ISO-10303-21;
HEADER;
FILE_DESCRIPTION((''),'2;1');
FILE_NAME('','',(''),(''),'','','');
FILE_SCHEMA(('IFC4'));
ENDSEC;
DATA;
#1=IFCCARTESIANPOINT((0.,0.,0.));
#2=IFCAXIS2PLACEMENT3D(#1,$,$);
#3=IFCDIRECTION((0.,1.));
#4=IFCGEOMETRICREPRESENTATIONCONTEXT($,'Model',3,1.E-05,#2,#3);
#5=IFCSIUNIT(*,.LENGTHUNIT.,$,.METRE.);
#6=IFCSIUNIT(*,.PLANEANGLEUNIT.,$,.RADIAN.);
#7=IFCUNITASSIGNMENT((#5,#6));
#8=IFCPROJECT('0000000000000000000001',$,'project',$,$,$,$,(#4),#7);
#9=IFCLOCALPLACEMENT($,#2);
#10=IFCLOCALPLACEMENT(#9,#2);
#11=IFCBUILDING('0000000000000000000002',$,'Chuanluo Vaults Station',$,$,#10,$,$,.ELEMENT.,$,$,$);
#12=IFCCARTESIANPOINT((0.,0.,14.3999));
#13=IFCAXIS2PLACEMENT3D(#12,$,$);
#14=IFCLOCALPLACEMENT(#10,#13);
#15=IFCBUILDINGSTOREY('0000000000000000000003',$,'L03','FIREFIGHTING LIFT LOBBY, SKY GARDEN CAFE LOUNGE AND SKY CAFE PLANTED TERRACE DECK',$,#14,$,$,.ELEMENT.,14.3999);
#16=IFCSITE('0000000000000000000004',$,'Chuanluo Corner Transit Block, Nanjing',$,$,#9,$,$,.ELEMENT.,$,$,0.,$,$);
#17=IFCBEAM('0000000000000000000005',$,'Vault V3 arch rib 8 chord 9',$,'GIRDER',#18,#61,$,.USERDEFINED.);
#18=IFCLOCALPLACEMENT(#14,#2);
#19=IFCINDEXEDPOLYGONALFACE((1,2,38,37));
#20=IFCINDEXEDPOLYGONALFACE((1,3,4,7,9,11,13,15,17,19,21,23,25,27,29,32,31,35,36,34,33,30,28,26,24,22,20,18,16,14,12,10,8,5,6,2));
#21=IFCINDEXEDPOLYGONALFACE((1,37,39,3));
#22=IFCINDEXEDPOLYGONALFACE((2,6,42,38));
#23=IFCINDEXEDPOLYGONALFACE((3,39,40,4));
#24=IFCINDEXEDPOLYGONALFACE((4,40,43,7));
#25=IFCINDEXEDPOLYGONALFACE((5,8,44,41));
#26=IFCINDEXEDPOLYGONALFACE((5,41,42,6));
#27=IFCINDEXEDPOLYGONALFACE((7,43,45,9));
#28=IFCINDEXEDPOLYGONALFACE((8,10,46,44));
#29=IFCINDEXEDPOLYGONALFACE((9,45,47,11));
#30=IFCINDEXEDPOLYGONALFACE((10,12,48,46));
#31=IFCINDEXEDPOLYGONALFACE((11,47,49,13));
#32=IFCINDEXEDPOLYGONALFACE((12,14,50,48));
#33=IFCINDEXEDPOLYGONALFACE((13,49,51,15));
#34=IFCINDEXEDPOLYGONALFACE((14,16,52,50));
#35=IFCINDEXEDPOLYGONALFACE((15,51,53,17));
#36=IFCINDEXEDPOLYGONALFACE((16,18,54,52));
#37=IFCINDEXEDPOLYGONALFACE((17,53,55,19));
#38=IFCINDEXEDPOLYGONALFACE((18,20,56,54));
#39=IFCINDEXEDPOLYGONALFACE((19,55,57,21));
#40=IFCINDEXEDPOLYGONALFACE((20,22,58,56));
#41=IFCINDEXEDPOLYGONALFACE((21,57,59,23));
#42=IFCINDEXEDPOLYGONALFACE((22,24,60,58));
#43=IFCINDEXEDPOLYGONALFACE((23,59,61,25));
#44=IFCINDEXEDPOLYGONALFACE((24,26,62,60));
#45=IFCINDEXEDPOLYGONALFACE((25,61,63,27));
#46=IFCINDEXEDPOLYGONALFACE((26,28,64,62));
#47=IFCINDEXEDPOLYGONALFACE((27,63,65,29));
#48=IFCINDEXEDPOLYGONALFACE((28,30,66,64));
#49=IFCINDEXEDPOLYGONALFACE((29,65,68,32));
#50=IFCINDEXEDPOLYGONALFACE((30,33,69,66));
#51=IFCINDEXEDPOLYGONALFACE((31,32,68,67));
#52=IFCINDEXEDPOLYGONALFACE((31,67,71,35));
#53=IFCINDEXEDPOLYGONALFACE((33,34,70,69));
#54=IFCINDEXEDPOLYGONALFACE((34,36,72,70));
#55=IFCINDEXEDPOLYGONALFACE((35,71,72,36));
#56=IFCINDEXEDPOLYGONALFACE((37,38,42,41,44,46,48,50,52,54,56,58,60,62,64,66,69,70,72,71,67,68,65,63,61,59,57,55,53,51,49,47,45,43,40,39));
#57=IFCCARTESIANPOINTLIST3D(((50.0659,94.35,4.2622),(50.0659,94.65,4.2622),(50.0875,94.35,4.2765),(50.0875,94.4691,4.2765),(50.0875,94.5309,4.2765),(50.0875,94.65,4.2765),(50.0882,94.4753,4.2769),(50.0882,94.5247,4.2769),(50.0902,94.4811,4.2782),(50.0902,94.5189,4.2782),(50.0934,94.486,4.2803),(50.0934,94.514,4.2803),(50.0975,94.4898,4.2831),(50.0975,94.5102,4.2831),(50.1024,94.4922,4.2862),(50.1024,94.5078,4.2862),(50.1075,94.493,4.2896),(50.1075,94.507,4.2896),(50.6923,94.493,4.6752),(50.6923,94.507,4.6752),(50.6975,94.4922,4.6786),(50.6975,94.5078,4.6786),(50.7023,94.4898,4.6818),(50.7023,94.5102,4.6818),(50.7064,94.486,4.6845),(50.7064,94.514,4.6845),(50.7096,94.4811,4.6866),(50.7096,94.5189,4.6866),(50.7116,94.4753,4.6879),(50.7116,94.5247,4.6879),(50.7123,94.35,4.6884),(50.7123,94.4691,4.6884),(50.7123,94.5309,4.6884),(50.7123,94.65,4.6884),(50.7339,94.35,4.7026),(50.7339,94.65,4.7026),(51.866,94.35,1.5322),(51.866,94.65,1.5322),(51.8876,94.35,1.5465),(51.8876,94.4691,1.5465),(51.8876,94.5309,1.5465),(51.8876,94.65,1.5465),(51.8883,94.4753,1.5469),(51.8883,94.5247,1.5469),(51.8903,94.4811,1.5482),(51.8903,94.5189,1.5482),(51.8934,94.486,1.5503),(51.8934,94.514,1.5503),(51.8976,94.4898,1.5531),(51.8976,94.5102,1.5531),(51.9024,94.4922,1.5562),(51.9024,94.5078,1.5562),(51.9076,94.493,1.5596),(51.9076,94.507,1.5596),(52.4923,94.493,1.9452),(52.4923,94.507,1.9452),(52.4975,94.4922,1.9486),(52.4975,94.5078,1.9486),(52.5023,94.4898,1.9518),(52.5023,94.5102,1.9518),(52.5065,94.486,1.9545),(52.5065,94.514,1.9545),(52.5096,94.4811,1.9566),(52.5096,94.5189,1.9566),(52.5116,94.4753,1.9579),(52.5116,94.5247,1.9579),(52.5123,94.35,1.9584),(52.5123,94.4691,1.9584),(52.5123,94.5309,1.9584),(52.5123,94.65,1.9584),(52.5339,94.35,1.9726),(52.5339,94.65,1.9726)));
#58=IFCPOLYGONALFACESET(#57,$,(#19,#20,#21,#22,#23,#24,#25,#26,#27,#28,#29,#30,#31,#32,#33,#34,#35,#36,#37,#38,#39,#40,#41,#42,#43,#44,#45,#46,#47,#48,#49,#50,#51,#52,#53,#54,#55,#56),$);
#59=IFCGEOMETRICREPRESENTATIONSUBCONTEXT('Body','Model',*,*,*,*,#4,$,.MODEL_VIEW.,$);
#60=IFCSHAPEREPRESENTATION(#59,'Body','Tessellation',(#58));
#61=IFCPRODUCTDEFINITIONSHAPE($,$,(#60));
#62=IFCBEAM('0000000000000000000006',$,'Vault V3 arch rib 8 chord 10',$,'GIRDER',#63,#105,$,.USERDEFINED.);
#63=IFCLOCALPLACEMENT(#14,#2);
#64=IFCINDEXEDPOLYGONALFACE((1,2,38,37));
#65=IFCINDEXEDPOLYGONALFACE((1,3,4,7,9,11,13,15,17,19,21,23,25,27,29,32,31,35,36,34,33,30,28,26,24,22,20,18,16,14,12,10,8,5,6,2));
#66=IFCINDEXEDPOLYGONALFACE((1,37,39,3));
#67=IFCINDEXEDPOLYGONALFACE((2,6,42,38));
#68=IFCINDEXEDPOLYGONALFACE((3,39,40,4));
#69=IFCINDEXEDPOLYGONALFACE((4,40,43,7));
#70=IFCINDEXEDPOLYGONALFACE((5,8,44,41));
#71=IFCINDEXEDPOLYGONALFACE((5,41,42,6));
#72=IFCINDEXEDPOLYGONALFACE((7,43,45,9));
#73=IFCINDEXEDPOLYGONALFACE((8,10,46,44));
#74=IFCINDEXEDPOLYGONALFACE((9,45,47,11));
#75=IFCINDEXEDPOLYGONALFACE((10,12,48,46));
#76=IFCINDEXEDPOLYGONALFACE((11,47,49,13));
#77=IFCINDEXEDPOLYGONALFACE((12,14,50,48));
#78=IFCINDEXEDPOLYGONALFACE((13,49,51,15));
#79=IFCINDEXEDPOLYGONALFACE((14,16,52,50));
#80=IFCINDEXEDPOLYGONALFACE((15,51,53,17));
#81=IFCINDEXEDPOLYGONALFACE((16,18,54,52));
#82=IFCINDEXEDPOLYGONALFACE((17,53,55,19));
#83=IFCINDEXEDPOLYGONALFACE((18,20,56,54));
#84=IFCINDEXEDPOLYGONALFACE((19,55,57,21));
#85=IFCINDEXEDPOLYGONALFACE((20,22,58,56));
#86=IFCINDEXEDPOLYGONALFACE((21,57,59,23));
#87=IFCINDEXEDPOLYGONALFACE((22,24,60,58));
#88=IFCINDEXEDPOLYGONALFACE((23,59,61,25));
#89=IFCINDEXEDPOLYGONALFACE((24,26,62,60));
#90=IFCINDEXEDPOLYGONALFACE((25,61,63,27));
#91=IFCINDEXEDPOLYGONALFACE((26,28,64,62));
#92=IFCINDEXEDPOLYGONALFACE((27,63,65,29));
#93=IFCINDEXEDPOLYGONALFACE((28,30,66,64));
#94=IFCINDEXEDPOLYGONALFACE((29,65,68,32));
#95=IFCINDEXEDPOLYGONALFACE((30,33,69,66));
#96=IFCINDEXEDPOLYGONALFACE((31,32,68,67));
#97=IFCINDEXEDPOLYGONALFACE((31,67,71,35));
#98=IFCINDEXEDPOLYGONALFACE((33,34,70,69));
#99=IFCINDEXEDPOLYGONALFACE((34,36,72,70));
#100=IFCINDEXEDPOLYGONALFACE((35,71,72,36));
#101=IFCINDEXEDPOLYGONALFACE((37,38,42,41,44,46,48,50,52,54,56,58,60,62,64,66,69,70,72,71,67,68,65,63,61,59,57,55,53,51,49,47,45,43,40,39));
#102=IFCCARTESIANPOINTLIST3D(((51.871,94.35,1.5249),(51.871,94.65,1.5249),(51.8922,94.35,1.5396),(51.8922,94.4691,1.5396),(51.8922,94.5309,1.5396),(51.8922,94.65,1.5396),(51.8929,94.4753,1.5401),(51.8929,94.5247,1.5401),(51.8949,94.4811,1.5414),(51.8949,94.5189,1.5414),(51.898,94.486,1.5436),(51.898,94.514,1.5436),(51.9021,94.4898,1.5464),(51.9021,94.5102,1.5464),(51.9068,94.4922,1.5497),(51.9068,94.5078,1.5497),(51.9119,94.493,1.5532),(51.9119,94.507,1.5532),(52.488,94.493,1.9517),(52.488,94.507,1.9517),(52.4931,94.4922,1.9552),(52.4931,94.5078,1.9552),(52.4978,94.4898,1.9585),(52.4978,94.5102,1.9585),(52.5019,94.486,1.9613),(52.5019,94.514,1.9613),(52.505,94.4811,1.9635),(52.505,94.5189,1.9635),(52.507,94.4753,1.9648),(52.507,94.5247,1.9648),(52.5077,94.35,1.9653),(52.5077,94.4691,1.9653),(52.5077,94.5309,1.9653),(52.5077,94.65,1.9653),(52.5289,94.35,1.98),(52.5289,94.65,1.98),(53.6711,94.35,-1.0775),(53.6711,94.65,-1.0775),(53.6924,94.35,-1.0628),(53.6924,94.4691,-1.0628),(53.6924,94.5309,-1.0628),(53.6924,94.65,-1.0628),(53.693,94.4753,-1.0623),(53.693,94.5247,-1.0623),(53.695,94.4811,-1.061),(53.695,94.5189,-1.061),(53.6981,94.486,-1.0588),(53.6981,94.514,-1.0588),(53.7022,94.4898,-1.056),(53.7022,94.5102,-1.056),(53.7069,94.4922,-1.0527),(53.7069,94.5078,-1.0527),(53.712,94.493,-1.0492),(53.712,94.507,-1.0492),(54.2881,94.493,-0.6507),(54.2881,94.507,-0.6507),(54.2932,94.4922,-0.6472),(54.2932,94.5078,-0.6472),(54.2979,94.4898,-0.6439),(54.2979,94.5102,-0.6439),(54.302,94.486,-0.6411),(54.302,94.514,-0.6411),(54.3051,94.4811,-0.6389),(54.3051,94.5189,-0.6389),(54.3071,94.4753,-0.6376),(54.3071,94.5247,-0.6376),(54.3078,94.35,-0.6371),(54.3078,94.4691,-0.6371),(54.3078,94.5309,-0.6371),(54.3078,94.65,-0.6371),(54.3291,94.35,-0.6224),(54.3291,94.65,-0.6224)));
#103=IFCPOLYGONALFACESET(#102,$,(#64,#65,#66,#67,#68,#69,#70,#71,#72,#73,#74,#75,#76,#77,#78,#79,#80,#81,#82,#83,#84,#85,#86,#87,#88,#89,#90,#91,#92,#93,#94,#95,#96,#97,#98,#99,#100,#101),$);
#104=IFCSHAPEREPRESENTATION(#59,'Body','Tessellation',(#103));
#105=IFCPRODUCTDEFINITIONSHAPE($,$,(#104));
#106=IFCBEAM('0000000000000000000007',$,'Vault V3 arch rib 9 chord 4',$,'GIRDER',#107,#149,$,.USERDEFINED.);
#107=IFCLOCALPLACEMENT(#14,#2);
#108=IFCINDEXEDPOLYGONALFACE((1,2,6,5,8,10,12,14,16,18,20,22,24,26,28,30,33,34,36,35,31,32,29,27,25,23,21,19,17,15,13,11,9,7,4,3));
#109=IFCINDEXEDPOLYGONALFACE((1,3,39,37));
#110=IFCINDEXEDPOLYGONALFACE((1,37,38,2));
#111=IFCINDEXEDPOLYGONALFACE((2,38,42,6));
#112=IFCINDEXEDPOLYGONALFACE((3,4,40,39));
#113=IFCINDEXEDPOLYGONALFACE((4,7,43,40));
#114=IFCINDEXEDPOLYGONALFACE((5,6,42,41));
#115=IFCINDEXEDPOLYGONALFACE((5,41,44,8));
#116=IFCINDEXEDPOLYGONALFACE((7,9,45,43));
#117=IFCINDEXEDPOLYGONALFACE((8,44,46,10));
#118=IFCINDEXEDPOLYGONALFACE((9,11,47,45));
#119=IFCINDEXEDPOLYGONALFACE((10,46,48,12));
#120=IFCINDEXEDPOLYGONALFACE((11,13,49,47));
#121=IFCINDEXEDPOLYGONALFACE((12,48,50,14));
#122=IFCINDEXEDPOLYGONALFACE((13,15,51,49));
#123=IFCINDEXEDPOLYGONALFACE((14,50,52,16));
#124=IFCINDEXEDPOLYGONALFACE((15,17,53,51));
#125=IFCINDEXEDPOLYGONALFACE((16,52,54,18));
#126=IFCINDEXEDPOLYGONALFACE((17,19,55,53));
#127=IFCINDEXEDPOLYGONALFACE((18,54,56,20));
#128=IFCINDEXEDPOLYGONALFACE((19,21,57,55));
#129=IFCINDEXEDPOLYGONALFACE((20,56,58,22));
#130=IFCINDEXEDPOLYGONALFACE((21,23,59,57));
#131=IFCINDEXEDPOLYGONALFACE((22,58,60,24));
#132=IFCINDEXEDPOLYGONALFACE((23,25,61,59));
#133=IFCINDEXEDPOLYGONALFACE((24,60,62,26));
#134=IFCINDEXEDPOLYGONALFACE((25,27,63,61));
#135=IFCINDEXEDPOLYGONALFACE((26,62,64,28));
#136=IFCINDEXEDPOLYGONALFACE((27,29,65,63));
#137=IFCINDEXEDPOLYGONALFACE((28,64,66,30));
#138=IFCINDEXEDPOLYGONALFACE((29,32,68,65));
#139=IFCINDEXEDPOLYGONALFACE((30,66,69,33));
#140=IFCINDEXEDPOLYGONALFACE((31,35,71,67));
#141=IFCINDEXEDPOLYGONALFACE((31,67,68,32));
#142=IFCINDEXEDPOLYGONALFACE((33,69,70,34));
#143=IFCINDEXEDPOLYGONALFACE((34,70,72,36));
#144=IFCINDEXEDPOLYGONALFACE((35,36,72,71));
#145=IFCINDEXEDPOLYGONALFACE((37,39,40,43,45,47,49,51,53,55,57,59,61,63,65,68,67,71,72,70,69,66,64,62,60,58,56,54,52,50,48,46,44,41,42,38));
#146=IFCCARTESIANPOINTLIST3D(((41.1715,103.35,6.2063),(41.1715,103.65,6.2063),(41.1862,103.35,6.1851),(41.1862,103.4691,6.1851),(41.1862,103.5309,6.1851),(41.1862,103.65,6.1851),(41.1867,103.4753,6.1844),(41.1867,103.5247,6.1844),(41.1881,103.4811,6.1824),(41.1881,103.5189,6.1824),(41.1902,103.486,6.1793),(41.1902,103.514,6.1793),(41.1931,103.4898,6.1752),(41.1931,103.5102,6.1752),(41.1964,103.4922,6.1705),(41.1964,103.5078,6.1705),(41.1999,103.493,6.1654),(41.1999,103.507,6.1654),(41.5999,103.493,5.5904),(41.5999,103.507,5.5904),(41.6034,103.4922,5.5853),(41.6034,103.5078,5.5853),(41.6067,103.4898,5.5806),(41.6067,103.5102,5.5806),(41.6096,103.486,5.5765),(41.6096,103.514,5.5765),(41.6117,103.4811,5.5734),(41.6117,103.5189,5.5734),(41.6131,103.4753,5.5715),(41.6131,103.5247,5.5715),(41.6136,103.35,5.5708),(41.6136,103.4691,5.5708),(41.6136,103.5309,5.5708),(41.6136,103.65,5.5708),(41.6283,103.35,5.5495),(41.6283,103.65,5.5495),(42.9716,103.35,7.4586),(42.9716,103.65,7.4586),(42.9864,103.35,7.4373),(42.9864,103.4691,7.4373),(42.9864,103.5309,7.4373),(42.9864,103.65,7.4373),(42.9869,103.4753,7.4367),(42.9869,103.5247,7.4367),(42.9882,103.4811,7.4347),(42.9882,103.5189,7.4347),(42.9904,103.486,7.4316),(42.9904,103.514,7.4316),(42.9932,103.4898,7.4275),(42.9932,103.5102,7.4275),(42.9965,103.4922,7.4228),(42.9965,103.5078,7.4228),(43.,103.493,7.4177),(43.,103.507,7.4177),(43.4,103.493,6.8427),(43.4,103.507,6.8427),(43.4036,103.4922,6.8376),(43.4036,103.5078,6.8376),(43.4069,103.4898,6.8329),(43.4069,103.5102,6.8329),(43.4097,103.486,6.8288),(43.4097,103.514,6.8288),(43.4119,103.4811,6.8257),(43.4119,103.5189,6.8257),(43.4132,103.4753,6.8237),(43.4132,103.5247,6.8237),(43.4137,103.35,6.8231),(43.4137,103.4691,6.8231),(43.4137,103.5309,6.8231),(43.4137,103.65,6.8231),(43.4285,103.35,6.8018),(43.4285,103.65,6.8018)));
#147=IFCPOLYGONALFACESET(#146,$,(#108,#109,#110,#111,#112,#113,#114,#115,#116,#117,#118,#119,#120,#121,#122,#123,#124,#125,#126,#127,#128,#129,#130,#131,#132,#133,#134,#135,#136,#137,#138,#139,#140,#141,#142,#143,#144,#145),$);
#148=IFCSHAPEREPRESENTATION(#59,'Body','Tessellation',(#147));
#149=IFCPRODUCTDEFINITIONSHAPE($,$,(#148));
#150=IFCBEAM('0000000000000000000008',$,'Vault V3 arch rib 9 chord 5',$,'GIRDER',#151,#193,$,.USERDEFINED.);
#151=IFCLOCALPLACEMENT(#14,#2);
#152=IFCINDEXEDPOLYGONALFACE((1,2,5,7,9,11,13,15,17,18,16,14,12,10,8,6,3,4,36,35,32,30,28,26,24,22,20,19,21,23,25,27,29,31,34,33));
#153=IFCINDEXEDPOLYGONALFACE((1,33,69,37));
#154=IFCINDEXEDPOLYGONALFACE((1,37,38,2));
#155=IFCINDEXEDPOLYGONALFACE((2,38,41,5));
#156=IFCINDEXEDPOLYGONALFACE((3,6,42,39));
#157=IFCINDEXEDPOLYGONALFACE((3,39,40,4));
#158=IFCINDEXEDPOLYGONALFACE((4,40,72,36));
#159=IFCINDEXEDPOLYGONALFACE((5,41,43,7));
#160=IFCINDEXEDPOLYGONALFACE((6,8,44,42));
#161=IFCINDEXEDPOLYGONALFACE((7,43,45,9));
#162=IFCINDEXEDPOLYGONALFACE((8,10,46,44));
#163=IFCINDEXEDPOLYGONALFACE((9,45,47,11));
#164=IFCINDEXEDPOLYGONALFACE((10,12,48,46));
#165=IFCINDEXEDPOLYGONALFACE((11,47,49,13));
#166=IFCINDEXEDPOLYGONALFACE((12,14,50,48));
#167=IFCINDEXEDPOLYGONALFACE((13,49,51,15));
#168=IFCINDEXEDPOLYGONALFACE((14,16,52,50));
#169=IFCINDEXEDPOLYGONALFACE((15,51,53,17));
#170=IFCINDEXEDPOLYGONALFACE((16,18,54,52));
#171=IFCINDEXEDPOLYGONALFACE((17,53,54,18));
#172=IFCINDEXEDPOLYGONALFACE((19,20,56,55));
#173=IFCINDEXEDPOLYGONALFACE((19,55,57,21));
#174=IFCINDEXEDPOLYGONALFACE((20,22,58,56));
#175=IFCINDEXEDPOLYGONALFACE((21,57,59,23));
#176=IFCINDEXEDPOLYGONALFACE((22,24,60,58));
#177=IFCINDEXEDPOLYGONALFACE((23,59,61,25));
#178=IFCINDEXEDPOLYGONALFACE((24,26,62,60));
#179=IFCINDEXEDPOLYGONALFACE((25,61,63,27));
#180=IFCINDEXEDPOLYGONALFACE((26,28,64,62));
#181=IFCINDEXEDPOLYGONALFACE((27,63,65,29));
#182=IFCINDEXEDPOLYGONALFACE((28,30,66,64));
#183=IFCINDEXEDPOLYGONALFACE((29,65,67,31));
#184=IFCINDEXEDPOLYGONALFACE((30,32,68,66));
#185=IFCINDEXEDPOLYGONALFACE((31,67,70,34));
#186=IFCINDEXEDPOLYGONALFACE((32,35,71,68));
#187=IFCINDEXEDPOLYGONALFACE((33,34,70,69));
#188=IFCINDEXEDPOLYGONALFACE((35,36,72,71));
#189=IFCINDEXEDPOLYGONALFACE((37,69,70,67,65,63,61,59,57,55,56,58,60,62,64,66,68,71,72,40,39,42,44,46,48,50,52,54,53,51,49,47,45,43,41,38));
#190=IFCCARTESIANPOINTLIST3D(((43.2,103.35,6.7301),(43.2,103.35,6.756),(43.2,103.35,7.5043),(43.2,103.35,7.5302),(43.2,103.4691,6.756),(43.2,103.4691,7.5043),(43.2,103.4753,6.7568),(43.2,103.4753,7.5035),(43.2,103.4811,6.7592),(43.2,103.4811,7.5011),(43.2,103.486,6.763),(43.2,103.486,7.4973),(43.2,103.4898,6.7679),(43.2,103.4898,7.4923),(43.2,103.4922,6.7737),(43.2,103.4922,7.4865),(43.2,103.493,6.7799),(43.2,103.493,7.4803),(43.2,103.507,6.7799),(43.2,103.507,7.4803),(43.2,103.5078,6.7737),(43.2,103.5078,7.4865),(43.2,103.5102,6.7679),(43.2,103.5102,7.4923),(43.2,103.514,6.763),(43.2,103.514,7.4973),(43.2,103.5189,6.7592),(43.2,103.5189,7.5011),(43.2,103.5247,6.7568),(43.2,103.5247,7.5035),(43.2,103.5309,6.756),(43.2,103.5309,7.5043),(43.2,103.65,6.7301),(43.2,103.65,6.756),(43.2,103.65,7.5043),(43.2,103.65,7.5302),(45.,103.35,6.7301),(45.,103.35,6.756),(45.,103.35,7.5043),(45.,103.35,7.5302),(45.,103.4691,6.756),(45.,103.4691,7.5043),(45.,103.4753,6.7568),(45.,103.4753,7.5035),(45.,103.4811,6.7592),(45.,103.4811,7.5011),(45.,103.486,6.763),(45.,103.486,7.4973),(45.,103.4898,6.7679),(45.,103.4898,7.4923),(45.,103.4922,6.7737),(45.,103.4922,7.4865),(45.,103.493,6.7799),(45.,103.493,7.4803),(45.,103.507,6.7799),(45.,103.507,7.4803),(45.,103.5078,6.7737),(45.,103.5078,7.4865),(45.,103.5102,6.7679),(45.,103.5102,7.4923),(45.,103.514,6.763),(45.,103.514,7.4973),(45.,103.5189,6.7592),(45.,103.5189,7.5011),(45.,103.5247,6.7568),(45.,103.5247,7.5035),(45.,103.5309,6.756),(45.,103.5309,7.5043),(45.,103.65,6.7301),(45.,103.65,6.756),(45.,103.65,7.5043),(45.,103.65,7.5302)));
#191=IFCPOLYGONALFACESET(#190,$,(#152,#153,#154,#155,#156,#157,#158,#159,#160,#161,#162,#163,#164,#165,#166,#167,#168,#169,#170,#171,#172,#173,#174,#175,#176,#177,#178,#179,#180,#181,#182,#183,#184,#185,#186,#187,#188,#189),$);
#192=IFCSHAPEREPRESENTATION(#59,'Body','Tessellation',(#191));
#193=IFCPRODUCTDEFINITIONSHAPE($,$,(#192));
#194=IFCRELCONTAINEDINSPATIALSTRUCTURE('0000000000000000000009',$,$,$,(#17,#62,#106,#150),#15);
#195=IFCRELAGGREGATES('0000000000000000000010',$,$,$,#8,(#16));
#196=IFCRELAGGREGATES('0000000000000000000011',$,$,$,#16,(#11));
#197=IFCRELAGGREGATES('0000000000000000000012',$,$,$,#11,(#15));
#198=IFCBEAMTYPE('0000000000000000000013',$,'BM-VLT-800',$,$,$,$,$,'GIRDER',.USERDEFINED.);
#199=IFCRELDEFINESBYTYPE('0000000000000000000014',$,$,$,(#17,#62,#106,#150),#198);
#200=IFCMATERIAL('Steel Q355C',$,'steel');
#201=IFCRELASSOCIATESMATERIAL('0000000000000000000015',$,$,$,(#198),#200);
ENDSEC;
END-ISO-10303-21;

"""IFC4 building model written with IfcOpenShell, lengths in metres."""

from ifc_helpers import new_model, si_unit, direction, frame, origin, origin_2d, place, context, subcontext, project, spatial, i_section, extrude, material, material_profile, profile_set, type_object, element, save


model = new_model("IFC4")

# Units and contexts
model_context = context("Model", 3, precision=1e-05, world=origin(), true_north=direction((0.0, 1.0)))
body_context = subcontext(model_context, "Body", "Model", "MODEL_VIEW")
ifc_project = project(units=[si_unit("LENGTHUNIT", "METRE"), si_unit("PLANEANGLEUNIT", "RADIAN")], contexts=[model_context])

# Site, building, storey
site_placement = place(None, origin())
site = spatial("IfcSite", under=ifc_project, at=site_placement, Name="Chuanluo Corner Transit Block, Nanjing", CompositionType="ELEMENT", RefElevation=0.0)
building_placement = place(site_placement, origin())
building = spatial("IfcBuilding", under=site, at=building_placement, Name="Chuanluo Vaults Station", CompositionType="ELEMENT")
storey_placement = place(building_placement, frame((0.0, 0.0, 14.3999)))
storey = spatial("IfcBuildingStorey", under=building, at=storey_placement, Name="L03", Description="FIREFIGHTING LIFT LOBBY, SKY GARDEN CAFE LOUNGE AND SKY CAFE PLANTED TERRACE DECK", CompositionType="ELEMENT", Elevation=14.3999)

# Beams
ifc_material_1 = material(Name="Steel Q355C", Category="steel")
ifc_material_profile_1 = material_profile(ifc_material_1, i_section(OverallWidth=0.3, OverallDepth=0.8, WebThickness=0.0139, FlangeThickness=0.0259, FilletRadius=0.0239, at=origin_2d()))
ifc_profile_set_1 = profile_set([ifc_material_profile_1], Name="Steel Q355C")
beam_type_1 = type_object("IfcBeamType", Name="BM-VLT-800", ElementType="GIRDER", PredefinedType="USERDEFINED", material=ifc_profile_set_1)
beam_1_placement = place(storey_placement, frame((50.3999, 94.5, 4.4824), z_axis=(0.550472, 0.0, -0.834854), x_axis=(0.0, 1.0, 0.0)))
element("IfcBeam", 1, at=beam_1_placement, inside=storey, type_object=beam_type_1, Name="Vault V3 arch rib 8 chord 9", ObjectType="GIRDER", PredefinedType="USERDEFINED", context=body_context, shape_type="SweptSolid", body=[
    extrude(i_section(OverallWidth=0.3, OverallDepth=0.8, WebThickness=0.0139, FlangeThickness=0.0259, FilletRadius=0.0239, at=origin_2d()), origin(), (0.0, 0.0, 1.0), 3.27),
])
beam_2_placement = place(storey_placement, frame((52.2, 94.5, 1.7524), z_axis=(0.568881, 0.0, -0.82242), x_axis=(0.0, 1.0, 0.0)))
element("IfcBeam", 2, at=beam_2_placement, inside=storey, type_object=beam_type_1, Name="Vault V3 arch rib 8 chord 10", ObjectType="GIRDER", PredefinedType="USERDEFINED", context=body_context, shape_type="SweptSolid", body=[
    extrude(i_section(OverallWidth=0.3, OverallDepth=0.8, WebThickness=0.0139, FlangeThickness=0.0259, FilletRadius=0.0239, at=origin_2d()), origin(), (0.0, 0.0, 1.0), 3.1643),
])
beam_3_placement = place(storey_placement, frame((41.3999, 103.5, 5.8779), z_axis=(0.820907, 0.0, 0.571061), x_axis=(0.0, 1.0, 0.0)))
element("IfcBeam", 3, at=beam_3_placement, inside=storey, type_object=beam_type_1, Name="Vault V3 arch rib 9 chord 4", ObjectType="GIRDER", PredefinedType="USERDEFINED", context=body_context, shape_type="SweptSolid", body=[
    extrude(i_section(OverallWidth=0.3, OverallDepth=0.8, WebThickness=0.0139, FlangeThickness=0.0259, FilletRadius=0.0239, at=origin_2d()), origin(), (0.0, 0.0, 1.0), 2.1929),
])
for number, where, z_axis, x_axis, name in (
    (4, (43.2, 103.5, 7.1301), (1.0, 0.0, 0.0), (0.0, 1.0, 0.0), "Vault V3 arch rib 9 chord 5"),
):
    element("IfcBeam", number, at=place(storey_placement, frame(where, z_axis=z_axis, x_axis=x_axis)), inside=storey, type_object=beam_type_1, Name=name, ObjectType="GIRDER", PredefinedType="USERDEFINED", context=body_context, shape_type="SweptSolid", body=[
        extrude(i_section(OverallWidth=0.3, OverallDepth=0.8, WebThickness=0.0139, FlangeThickness=0.0259, FilletRadius=0.0239, at=origin_2d()), origin(), (0.0, 0.0, 1.0), 1.8),
    ])

save(model, "model.ifc")
